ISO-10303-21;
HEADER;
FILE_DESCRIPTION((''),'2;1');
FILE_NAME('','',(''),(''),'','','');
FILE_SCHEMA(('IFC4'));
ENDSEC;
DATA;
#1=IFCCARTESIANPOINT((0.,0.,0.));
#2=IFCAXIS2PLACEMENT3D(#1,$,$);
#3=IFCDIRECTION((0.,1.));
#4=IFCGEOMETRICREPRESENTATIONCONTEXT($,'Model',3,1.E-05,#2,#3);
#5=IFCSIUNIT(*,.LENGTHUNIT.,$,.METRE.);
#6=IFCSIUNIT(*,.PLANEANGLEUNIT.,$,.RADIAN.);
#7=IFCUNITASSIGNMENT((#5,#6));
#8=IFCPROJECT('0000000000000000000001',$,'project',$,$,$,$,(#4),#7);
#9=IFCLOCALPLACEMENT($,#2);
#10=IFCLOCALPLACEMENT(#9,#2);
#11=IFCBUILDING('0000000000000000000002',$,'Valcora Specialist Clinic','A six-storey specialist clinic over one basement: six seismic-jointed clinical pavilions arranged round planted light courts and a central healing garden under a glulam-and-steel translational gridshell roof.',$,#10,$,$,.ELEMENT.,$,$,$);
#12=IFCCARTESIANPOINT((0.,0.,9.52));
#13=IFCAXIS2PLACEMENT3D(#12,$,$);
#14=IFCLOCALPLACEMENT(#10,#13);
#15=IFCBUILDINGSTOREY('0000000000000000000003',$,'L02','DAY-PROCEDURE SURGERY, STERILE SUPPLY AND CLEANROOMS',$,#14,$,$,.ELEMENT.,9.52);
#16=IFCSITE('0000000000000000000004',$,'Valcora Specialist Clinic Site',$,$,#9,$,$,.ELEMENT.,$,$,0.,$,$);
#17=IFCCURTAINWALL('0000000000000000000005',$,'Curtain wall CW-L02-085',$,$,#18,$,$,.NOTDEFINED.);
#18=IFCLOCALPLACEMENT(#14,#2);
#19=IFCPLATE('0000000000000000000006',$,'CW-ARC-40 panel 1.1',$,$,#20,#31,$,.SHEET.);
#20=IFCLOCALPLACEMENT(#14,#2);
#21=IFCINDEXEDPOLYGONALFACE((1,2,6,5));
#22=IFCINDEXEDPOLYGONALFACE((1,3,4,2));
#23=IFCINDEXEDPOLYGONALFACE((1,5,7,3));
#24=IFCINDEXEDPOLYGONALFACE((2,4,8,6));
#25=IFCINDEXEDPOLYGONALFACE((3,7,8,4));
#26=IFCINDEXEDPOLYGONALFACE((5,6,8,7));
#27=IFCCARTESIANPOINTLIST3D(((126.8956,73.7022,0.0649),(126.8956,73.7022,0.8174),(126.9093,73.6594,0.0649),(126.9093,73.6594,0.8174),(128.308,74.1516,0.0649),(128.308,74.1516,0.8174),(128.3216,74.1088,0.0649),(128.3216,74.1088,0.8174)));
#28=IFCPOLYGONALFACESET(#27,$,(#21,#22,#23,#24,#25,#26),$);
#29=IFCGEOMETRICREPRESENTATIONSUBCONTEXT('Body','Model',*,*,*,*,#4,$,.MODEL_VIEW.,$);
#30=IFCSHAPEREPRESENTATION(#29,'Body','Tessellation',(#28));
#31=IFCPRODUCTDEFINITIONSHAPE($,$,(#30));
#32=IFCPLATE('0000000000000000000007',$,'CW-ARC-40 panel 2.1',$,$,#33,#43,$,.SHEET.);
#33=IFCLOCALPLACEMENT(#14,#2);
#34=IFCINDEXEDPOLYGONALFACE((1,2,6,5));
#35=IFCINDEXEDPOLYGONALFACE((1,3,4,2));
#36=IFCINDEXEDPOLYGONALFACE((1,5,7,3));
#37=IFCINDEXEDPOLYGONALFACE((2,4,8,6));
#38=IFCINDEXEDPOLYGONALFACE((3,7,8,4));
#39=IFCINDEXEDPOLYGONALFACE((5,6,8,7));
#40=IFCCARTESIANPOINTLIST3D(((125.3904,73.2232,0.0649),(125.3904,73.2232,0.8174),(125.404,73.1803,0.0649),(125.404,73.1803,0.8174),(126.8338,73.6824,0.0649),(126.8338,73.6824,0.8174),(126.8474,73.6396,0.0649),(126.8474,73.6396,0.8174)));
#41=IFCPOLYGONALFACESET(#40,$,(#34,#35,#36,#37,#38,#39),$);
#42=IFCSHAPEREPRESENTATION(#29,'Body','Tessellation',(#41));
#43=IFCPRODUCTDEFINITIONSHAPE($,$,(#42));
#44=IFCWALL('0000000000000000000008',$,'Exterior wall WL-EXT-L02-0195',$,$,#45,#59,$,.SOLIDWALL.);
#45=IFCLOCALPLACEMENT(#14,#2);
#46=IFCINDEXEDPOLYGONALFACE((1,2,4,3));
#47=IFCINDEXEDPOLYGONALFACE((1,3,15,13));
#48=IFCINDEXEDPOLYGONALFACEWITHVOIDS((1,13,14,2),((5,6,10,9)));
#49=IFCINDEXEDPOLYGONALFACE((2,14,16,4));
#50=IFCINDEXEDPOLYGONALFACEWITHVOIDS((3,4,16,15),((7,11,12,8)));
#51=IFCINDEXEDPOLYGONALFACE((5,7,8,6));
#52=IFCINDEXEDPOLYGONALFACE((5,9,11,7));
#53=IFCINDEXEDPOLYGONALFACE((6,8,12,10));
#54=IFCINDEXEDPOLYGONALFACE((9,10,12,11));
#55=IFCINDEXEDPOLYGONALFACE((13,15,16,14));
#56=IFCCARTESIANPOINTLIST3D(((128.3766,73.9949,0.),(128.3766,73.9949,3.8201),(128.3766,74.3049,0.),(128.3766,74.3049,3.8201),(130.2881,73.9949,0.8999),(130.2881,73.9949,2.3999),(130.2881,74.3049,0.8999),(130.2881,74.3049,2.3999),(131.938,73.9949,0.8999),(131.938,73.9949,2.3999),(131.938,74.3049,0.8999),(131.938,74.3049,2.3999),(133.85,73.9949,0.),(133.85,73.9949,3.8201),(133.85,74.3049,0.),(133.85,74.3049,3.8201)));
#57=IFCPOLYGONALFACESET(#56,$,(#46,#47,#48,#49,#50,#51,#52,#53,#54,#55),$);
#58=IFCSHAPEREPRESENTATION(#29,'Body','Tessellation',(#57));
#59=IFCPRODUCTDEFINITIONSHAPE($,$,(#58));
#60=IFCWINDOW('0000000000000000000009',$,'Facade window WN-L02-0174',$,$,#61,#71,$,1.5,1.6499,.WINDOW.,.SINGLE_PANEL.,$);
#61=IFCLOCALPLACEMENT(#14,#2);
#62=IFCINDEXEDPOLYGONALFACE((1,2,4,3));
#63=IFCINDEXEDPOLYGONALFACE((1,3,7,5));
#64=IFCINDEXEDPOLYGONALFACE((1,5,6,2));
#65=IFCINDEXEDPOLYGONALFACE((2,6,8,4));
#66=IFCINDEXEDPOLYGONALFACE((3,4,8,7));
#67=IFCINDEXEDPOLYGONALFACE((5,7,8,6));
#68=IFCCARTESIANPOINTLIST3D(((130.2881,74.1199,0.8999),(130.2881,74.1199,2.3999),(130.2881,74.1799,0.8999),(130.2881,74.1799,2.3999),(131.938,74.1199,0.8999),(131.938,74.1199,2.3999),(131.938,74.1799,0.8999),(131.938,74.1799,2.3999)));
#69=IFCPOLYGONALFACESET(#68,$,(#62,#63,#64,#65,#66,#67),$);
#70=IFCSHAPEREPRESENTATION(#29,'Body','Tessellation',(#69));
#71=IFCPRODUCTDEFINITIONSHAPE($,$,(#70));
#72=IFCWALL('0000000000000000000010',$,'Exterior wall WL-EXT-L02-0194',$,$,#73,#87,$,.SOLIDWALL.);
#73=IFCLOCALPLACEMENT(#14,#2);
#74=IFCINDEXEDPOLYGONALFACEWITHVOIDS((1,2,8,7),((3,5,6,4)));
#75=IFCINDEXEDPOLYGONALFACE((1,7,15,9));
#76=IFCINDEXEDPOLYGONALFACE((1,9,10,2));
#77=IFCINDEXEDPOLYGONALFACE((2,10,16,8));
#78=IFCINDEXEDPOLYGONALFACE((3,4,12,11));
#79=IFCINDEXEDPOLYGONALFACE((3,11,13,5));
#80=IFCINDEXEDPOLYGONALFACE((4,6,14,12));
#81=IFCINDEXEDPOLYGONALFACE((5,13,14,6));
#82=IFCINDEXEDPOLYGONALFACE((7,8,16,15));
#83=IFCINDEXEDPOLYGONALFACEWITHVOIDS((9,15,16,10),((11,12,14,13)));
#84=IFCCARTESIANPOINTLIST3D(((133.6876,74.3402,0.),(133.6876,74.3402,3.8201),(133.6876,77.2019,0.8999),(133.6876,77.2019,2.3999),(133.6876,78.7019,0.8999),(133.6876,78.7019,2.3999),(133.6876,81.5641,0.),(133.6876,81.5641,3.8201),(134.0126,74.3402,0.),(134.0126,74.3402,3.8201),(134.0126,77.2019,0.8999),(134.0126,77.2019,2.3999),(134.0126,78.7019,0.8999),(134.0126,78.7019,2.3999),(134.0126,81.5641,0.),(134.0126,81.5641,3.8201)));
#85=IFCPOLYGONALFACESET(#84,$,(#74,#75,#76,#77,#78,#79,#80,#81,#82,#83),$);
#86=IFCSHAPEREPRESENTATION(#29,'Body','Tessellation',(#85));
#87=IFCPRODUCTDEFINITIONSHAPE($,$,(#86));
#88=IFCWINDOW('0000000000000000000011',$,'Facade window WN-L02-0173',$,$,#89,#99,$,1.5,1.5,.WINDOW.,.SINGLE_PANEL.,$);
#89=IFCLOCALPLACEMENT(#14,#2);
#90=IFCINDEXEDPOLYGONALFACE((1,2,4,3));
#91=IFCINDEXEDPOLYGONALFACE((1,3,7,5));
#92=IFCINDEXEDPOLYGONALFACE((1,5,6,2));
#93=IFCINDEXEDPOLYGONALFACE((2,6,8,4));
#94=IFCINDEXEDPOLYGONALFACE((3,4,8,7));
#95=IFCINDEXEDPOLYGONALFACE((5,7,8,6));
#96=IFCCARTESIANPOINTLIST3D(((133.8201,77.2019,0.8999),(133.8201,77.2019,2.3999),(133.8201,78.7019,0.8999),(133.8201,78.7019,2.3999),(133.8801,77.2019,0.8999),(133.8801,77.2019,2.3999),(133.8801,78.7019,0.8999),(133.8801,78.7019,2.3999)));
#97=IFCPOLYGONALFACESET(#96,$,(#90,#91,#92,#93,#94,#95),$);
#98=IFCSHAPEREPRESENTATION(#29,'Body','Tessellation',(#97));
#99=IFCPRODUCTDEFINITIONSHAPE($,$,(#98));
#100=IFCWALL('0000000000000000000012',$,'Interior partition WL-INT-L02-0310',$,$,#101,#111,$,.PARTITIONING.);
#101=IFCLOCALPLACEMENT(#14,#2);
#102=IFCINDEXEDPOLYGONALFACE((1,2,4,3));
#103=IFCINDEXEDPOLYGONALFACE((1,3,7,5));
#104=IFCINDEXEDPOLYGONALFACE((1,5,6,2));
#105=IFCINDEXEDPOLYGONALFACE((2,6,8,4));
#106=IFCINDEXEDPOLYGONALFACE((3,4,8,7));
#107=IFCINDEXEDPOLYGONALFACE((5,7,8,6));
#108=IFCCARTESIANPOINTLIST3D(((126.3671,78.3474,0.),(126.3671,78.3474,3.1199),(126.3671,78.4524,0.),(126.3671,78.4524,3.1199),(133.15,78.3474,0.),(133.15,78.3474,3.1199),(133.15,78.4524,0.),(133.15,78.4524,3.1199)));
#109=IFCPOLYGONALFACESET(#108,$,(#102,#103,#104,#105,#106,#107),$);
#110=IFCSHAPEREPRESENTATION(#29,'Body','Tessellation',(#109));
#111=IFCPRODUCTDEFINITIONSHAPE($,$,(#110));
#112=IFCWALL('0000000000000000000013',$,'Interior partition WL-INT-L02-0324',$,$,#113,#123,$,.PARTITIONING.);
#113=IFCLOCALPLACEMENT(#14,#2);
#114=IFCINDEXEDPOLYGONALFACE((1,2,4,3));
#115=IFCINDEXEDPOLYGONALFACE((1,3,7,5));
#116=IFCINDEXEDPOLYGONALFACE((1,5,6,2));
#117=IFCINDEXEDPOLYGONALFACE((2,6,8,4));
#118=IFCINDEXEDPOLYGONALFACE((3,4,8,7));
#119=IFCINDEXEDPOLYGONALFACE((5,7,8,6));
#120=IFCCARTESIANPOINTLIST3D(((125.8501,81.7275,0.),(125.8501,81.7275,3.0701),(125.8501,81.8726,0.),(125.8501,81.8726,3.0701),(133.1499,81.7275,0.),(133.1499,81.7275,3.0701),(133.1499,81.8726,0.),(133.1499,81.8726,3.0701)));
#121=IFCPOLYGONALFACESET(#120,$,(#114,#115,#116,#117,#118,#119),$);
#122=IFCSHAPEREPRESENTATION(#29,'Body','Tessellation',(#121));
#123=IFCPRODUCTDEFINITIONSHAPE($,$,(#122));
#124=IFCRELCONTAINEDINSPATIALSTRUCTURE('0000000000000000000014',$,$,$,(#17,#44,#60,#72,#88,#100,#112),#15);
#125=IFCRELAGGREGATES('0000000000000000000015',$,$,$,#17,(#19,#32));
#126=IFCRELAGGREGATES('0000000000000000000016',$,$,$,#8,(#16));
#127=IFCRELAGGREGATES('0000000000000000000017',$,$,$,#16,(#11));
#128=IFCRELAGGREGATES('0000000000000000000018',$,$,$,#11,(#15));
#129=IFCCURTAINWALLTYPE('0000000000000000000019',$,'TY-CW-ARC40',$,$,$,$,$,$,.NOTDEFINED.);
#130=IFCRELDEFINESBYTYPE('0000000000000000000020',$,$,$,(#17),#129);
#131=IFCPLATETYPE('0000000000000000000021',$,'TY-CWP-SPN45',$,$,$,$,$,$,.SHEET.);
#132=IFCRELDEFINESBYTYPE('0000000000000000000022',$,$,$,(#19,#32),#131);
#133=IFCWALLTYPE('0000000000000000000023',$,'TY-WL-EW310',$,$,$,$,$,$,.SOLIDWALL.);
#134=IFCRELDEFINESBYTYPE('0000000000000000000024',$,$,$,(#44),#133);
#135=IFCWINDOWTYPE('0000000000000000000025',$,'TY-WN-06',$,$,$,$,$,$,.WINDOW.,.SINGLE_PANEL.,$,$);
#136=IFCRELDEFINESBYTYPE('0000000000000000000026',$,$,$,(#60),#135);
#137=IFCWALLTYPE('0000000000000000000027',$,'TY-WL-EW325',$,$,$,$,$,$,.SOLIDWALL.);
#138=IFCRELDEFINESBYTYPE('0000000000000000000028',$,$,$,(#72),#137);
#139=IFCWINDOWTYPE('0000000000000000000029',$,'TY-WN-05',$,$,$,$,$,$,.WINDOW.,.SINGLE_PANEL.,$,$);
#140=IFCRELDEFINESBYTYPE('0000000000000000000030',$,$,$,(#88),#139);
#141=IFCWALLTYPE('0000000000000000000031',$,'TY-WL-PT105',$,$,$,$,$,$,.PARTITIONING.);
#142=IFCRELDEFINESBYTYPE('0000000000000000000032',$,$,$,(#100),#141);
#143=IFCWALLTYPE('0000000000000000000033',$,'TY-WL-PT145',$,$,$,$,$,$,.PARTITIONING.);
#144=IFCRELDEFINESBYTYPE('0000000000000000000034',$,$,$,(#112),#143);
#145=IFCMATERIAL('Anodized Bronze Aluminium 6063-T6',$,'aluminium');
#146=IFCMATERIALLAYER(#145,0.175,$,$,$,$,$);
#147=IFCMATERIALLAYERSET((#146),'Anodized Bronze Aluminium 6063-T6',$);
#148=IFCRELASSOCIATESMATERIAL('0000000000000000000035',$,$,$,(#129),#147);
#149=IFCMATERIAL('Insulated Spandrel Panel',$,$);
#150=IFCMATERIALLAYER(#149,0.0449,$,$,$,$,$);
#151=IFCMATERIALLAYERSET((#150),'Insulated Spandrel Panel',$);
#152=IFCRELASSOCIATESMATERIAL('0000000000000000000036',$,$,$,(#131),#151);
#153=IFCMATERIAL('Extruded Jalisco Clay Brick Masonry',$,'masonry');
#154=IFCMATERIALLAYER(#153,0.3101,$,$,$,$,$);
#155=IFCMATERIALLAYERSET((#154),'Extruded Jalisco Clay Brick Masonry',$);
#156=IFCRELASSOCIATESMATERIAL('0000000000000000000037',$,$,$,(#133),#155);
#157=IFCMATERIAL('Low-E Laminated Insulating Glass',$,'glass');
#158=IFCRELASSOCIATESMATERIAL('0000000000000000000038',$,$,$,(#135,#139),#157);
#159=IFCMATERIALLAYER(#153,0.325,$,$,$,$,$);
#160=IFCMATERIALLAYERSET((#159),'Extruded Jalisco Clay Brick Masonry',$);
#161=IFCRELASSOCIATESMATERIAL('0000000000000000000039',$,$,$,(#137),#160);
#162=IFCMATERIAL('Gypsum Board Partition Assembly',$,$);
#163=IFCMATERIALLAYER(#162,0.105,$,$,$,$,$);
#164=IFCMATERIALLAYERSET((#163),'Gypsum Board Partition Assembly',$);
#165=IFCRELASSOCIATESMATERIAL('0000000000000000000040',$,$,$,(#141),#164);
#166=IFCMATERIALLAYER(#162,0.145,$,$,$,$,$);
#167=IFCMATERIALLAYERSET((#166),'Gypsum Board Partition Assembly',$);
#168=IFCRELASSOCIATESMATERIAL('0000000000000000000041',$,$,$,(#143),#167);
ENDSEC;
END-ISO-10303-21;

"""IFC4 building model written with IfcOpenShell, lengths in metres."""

from ifc_helpers import new_model, si_unit, direction, frame, frame_2d, origin, origin_2d, place, context, subcontext, project, spatial, rectangle, extrude, material, layer, layer_set, type_object, element, fill, aggregate, save


model = new_model("IFC4")

# Units and contexts
model_context = context("Model", 3, precision=1e-05, world=origin(), true_north=direction((0.0, 1.0)))
body_context = subcontext(model_context, "Body", "Model", "MODEL_VIEW")
ifc_project = project(units=[si_unit("LENGTHUNIT", "METRE"), si_unit("PLANEANGLEUNIT", "RADIAN")], contexts=[model_context])

# Site, building, storey
site_placement = place(None, origin())
site = spatial("IfcSite", under=ifc_project, at=site_placement, Name="Valcora Specialist Clinic Site", CompositionType="ELEMENT", RefElevation=0.0)
building_placement = place(site_placement, origin())
building = spatial("IfcBuilding", under=site, at=building_placement, Name="Valcora Specialist Clinic", Description="A six-storey specialist clinic over one basement: six seismic-jointed clinical pavilions arranged round planted light courts and a central healing garden under a glulam-and-steel translational gridshell roof.", CompositionType="ELEMENT")
storey_placement = place(building_placement, frame((0.0, 0.0, 9.52)))
storey = spatial("IfcBuildingStorey", under=building, at=storey_placement, Name="L02", Description="DAY-PROCEDURE SURGERY, STERILE SUPPLY AND CLEANROOMS", CompositionType="ELEMENT", Elevation=9.52)

# Curtain wall, plates
ifc_material_1 = material(Name="Anodized Bronze Aluminium 6063-T6", Category="aluminium")
ifc_layer_1 = layer(ifc_material_1, 0.175)
ifc_layer_set_1 = layer_set([ifc_layer_1], Name="Anodized Bronze Aluminium 6063-T6")
curtain_wall_type = type_object("IfcCurtainWallType", Name="TY-CW-ARC40", PredefinedType="NOTDEFINED", material=ifc_layer_set_1)
curtain_wall_placement = place(storey_placement, origin())
curtain_wall = element("IfcCurtainWall", 1, at=curtain_wall_placement, inside=storey, type_object=curtain_wall_type, Name="Curtain wall CW-L02-085", PredefinedType="NOTDEFINED")
ifc_material_2 = material(Name="Low-E Laminated Insulating Glass", Category="glass")
ifc_material_3 = material(Name="Insulated Spandrel Panel")
ifc_layer_2 = layer(ifc_material_3, 0.0449)
ifc_layer_set_2 = layer_set([ifc_layer_2], Name="Insulated Spandrel Panel")
plate_type_1 = type_object("IfcPlateType", Name="TY-CWP-SPN45", PredefinedType="SHEET", material=ifc_layer_set_2)
plate_1_placement = place(storey_placement, frame((127.6086, 73.9055, 0.0649), z_axis=(0.0, 0.0, 1.0), x_axis=(-0.952916, -0.303233, 0.0)))
plate_1 = element("IfcPlate", 2, at=plate_1_placement, type_object=plate_type_1, Name="CW-ARC-40 panel 1.1", PredefinedType="SHEET", context=body_context, shape_type="SweptSolid", body=[
    extrude(rectangle(XDim=1.4822, YDim=0.0449, at=origin_2d()), origin(), (0.0, 0.0, 1.0), 0.7524),
])
plate_2_placement = place(storey_placement, frame((126.1189, 73.4314, 0.0649), z_axis=(0.0, 0.0, 1.0), x_axis=(-0.952916, -0.303233, 0.0)))
plate_2 = element("IfcPlate", 3, at=plate_2_placement, type_object=plate_type_1, Name="CW-ARC-40 panel 2.1", PredefinedType="SHEET", context=body_context, shape_type="SweptSolid", body=[
    extrude(rectangle(XDim=1.5146, YDim=0.0449, at=origin_2d()), origin(), (0.0, 0.0, 1.0), 0.7524),
])
aggregate(curtain_wall, [plate_1, plate_2])

# Walls, openings, windows
ifc_material_4 = material(Name="Extruded Jalisco Clay Brick Masonry", Category="masonry")
ifc_layer_3 = layer(ifc_material_4, 0.3101)
ifc_layer_set_3 = layer_set([ifc_layer_3], Name="Extruded Jalisco Clay Brick Masonry")
wall_type_1 = type_object("IfcWallType", Name="TY-WL-EW310", PredefinedType="SOLIDWALL", material=ifc_layer_set_3)
wall_1_placement = place(storey_placement, frame((133.8501, 74.1499, 0.0), z_axis=(0.0, 0.0, 1.0), x_axis=(-1.0, 0.0, 0.0)))
wall_1 = element("IfcWall", 4, at=wall_1_placement, inside=storey, type_object=wall_type_1, Name="Exterior wall WL-EXT-L02-0195", PredefinedType="SOLIDWALL", context=body_context, shape_type="SweptSolid", body=[
    extrude(rectangle(XDim=5.4734, YDim=0.3101, at=frame_2d((2.7368, 0.0))), origin(), (0.0, 0.0, 1.0), 3.8201),
])
opening_1_placement = place(wall_1_placement, frame((1.9121, 0.0, 0.8999)))
opening_1 = element("IfcOpeningElement", 5, at=opening_1_placement, cuts=wall_1, PredefinedType="OPENING", context=body_context, shape_type="SweptSolid", body=[
    extrude(rectangle(XDim=1.6499, YDim=1.5, at=frame_2d((0.825, 0.75))), frame((0.0, 0.165, 0.0), z_axis=(0.0, -1.0, 0.0), x_axis=(1.0, 0.0, 0.0)), (0.0, 0.0, 1.0), 0.3301),
])
window_type_1 = type_object("IfcWindowType", Name="TY-WN-06", PartitioningType="SINGLE_PANEL", PredefinedType="WINDOW", material=ifc_material_2)
window_1_placement = place(opening_1_placement, origin())
window_1 = element("IfcWindow", 6, at=window_1_placement, inside=storey, type_object=window_type_1, Name="Facade window WN-L02-0174", OverallHeight=1.5, OverallWidth=1.6499, PartitioningType="SINGLE_PANEL", PredefinedType="WINDOW", context=body_context, shape_type="SweptSolid", body=[
    extrude(rectangle(XDim=1.6499, YDim=1.5, at=frame_2d((0.825, 0.75))), frame((0.0, 0.03, 0.0), z_axis=(0.0, -1.0, 0.0), x_axis=(1.0, 0.0, 0.0)), (0.0, 0.0, 1.0), 0.0601),
])
fill(opening_1, window_1)
ifc_layer_4 = layer(ifc_material_4, 0.325)
ifc_layer_set_4 = layer_set([ifc_layer_4], Name="Extruded Jalisco Clay Brick Masonry")
wall_type_2 = type_object("IfcWallType", Name="TY-WL-EW325", PredefinedType="SOLIDWALL", material=ifc_layer_set_4)
wall_2_placement = place(storey_placement, frame((133.8501, 81.564, 0.0), z_axis=(0.0, 0.0, 1.0), x_axis=(0.0, -1.0, 0.0)))
wall_2 = element("IfcWall", 7, at=wall_2_placement, inside=storey, type_object=wall_type_2, Name="Exterior wall WL-EXT-L02-0194", PredefinedType="SOLIDWALL", context=body_context, shape_type="SweptSolid", body=[
    extrude(rectangle(XDim=7.2239, YDim=0.325, at=frame_2d((3.6118, 0.0))), origin(), (0.0, 0.0, 1.0), 3.8201),
])
opening_2_placement = place(wall_2_placement, frame((2.8621, 0.0, 0.8999)))
opening_2 = element("IfcOpeningElement", 8, at=opening_2_placement, cuts=wall_2, PredefinedType="OPENING", context=body_context, shape_type="SweptSolid", body=[
    extrude(rectangle(XDim=1.5, YDim=1.5, at=frame_2d((0.75, 0.75))), frame((0.0, 0.1724, 0.0), z_axis=(0.0, -1.0, 0.0), x_axis=(1.0, 0.0, 0.0)), (0.0, 0.0, 1.0), 0.345),
])
window_type_2 = type_object("IfcWindowType", Name="TY-WN-05", PartitioningType="SINGLE_PANEL", PredefinedType="WINDOW", material=ifc_material_2)
window_2_placement = place(opening_2_placement, origin())
window_2 = element("IfcWindow", 9, at=window_2_placement, inside=storey, type_object=window_type_2, Name="Facade window WN-L02-0173", OverallHeight=1.5, OverallWidth=1.5, PartitioningType="SINGLE_PANEL", PredefinedType="WINDOW", context=body_context, shape_type="SweptSolid", body=[
    extrude(rectangle(XDim=1.5, YDim=1.5, at=frame_2d((0.75, 0.75))), frame((0.0, 0.03, 0.0), z_axis=(0.0, -1.0, 0.0), x_axis=(1.0, 0.0, 0.0)), (0.0, 0.0, 1.0), 0.0601),
])
fill(opening_2, window_2)

# Walls
ifc_material_5 = material(Name="Gypsum Board Partition Assembly")
ifc_layer_5 = layer(ifc_material_5, 0.105)
ifc_layer_set_5 = layer_set([ifc_layer_5], Name="Gypsum Board Partition Assembly")
wall_type_3 = type_object("IfcWallType", Name="TY-WL-PT105", PredefinedType="PARTITIONING", material=ifc_layer_set_5)
wall_3_placement = place(storey_placement, frame((126.3669, 78.3999, 0.0), z_axis=(0.0, 0.0, 1.0), x_axis=(1.0, 0.0, 0.0)))
element("IfcWall", 10, at=wall_3_placement, inside=storey, type_object=wall_type_3, Name="Interior partition WL-INT-L02-0310", PredefinedType="PARTITIONING", context=body_context, shape_type="SweptSolid", body=[
    extrude(rectangle(XDim=6.783, YDim=0.105, at=frame_2d((3.3916, 0.0))), origin(), (0.0, 0.0, 1.0), 3.1199),
])
ifc_layer_6 = layer(ifc_material_5, 0.145)
ifc_layer_set_6 = layer_set([ifc_layer_6], Name="Gypsum Board Partition Assembly")
wall_type_4 = type_object("IfcWallType", Name="TY-WL-PT145", PredefinedType="PARTITIONING", material=ifc_layer_set_6)
wall_4_placement = place(storey_placement, frame((133.1499, 81.8, 0.0), z_axis=(0.0, 0.0, 1.0), x_axis=(-1.0, 0.0, 0.0)))
element("IfcWall", 11, at=wall_4_placement, inside=storey, type_object=wall_type_4, Name="Interior partition WL-INT-L02-0324", PredefinedType="PARTITIONING", context=body_context, shape_type="SweptSolid", body=[
    extrude(rectangle(XDim=7.2998, YDim=0.145, at=frame_2d((3.6499, 0.0))), origin(), (0.0, 0.0, 1.0), 3.0701),
])

save(model, "model.ifc")
